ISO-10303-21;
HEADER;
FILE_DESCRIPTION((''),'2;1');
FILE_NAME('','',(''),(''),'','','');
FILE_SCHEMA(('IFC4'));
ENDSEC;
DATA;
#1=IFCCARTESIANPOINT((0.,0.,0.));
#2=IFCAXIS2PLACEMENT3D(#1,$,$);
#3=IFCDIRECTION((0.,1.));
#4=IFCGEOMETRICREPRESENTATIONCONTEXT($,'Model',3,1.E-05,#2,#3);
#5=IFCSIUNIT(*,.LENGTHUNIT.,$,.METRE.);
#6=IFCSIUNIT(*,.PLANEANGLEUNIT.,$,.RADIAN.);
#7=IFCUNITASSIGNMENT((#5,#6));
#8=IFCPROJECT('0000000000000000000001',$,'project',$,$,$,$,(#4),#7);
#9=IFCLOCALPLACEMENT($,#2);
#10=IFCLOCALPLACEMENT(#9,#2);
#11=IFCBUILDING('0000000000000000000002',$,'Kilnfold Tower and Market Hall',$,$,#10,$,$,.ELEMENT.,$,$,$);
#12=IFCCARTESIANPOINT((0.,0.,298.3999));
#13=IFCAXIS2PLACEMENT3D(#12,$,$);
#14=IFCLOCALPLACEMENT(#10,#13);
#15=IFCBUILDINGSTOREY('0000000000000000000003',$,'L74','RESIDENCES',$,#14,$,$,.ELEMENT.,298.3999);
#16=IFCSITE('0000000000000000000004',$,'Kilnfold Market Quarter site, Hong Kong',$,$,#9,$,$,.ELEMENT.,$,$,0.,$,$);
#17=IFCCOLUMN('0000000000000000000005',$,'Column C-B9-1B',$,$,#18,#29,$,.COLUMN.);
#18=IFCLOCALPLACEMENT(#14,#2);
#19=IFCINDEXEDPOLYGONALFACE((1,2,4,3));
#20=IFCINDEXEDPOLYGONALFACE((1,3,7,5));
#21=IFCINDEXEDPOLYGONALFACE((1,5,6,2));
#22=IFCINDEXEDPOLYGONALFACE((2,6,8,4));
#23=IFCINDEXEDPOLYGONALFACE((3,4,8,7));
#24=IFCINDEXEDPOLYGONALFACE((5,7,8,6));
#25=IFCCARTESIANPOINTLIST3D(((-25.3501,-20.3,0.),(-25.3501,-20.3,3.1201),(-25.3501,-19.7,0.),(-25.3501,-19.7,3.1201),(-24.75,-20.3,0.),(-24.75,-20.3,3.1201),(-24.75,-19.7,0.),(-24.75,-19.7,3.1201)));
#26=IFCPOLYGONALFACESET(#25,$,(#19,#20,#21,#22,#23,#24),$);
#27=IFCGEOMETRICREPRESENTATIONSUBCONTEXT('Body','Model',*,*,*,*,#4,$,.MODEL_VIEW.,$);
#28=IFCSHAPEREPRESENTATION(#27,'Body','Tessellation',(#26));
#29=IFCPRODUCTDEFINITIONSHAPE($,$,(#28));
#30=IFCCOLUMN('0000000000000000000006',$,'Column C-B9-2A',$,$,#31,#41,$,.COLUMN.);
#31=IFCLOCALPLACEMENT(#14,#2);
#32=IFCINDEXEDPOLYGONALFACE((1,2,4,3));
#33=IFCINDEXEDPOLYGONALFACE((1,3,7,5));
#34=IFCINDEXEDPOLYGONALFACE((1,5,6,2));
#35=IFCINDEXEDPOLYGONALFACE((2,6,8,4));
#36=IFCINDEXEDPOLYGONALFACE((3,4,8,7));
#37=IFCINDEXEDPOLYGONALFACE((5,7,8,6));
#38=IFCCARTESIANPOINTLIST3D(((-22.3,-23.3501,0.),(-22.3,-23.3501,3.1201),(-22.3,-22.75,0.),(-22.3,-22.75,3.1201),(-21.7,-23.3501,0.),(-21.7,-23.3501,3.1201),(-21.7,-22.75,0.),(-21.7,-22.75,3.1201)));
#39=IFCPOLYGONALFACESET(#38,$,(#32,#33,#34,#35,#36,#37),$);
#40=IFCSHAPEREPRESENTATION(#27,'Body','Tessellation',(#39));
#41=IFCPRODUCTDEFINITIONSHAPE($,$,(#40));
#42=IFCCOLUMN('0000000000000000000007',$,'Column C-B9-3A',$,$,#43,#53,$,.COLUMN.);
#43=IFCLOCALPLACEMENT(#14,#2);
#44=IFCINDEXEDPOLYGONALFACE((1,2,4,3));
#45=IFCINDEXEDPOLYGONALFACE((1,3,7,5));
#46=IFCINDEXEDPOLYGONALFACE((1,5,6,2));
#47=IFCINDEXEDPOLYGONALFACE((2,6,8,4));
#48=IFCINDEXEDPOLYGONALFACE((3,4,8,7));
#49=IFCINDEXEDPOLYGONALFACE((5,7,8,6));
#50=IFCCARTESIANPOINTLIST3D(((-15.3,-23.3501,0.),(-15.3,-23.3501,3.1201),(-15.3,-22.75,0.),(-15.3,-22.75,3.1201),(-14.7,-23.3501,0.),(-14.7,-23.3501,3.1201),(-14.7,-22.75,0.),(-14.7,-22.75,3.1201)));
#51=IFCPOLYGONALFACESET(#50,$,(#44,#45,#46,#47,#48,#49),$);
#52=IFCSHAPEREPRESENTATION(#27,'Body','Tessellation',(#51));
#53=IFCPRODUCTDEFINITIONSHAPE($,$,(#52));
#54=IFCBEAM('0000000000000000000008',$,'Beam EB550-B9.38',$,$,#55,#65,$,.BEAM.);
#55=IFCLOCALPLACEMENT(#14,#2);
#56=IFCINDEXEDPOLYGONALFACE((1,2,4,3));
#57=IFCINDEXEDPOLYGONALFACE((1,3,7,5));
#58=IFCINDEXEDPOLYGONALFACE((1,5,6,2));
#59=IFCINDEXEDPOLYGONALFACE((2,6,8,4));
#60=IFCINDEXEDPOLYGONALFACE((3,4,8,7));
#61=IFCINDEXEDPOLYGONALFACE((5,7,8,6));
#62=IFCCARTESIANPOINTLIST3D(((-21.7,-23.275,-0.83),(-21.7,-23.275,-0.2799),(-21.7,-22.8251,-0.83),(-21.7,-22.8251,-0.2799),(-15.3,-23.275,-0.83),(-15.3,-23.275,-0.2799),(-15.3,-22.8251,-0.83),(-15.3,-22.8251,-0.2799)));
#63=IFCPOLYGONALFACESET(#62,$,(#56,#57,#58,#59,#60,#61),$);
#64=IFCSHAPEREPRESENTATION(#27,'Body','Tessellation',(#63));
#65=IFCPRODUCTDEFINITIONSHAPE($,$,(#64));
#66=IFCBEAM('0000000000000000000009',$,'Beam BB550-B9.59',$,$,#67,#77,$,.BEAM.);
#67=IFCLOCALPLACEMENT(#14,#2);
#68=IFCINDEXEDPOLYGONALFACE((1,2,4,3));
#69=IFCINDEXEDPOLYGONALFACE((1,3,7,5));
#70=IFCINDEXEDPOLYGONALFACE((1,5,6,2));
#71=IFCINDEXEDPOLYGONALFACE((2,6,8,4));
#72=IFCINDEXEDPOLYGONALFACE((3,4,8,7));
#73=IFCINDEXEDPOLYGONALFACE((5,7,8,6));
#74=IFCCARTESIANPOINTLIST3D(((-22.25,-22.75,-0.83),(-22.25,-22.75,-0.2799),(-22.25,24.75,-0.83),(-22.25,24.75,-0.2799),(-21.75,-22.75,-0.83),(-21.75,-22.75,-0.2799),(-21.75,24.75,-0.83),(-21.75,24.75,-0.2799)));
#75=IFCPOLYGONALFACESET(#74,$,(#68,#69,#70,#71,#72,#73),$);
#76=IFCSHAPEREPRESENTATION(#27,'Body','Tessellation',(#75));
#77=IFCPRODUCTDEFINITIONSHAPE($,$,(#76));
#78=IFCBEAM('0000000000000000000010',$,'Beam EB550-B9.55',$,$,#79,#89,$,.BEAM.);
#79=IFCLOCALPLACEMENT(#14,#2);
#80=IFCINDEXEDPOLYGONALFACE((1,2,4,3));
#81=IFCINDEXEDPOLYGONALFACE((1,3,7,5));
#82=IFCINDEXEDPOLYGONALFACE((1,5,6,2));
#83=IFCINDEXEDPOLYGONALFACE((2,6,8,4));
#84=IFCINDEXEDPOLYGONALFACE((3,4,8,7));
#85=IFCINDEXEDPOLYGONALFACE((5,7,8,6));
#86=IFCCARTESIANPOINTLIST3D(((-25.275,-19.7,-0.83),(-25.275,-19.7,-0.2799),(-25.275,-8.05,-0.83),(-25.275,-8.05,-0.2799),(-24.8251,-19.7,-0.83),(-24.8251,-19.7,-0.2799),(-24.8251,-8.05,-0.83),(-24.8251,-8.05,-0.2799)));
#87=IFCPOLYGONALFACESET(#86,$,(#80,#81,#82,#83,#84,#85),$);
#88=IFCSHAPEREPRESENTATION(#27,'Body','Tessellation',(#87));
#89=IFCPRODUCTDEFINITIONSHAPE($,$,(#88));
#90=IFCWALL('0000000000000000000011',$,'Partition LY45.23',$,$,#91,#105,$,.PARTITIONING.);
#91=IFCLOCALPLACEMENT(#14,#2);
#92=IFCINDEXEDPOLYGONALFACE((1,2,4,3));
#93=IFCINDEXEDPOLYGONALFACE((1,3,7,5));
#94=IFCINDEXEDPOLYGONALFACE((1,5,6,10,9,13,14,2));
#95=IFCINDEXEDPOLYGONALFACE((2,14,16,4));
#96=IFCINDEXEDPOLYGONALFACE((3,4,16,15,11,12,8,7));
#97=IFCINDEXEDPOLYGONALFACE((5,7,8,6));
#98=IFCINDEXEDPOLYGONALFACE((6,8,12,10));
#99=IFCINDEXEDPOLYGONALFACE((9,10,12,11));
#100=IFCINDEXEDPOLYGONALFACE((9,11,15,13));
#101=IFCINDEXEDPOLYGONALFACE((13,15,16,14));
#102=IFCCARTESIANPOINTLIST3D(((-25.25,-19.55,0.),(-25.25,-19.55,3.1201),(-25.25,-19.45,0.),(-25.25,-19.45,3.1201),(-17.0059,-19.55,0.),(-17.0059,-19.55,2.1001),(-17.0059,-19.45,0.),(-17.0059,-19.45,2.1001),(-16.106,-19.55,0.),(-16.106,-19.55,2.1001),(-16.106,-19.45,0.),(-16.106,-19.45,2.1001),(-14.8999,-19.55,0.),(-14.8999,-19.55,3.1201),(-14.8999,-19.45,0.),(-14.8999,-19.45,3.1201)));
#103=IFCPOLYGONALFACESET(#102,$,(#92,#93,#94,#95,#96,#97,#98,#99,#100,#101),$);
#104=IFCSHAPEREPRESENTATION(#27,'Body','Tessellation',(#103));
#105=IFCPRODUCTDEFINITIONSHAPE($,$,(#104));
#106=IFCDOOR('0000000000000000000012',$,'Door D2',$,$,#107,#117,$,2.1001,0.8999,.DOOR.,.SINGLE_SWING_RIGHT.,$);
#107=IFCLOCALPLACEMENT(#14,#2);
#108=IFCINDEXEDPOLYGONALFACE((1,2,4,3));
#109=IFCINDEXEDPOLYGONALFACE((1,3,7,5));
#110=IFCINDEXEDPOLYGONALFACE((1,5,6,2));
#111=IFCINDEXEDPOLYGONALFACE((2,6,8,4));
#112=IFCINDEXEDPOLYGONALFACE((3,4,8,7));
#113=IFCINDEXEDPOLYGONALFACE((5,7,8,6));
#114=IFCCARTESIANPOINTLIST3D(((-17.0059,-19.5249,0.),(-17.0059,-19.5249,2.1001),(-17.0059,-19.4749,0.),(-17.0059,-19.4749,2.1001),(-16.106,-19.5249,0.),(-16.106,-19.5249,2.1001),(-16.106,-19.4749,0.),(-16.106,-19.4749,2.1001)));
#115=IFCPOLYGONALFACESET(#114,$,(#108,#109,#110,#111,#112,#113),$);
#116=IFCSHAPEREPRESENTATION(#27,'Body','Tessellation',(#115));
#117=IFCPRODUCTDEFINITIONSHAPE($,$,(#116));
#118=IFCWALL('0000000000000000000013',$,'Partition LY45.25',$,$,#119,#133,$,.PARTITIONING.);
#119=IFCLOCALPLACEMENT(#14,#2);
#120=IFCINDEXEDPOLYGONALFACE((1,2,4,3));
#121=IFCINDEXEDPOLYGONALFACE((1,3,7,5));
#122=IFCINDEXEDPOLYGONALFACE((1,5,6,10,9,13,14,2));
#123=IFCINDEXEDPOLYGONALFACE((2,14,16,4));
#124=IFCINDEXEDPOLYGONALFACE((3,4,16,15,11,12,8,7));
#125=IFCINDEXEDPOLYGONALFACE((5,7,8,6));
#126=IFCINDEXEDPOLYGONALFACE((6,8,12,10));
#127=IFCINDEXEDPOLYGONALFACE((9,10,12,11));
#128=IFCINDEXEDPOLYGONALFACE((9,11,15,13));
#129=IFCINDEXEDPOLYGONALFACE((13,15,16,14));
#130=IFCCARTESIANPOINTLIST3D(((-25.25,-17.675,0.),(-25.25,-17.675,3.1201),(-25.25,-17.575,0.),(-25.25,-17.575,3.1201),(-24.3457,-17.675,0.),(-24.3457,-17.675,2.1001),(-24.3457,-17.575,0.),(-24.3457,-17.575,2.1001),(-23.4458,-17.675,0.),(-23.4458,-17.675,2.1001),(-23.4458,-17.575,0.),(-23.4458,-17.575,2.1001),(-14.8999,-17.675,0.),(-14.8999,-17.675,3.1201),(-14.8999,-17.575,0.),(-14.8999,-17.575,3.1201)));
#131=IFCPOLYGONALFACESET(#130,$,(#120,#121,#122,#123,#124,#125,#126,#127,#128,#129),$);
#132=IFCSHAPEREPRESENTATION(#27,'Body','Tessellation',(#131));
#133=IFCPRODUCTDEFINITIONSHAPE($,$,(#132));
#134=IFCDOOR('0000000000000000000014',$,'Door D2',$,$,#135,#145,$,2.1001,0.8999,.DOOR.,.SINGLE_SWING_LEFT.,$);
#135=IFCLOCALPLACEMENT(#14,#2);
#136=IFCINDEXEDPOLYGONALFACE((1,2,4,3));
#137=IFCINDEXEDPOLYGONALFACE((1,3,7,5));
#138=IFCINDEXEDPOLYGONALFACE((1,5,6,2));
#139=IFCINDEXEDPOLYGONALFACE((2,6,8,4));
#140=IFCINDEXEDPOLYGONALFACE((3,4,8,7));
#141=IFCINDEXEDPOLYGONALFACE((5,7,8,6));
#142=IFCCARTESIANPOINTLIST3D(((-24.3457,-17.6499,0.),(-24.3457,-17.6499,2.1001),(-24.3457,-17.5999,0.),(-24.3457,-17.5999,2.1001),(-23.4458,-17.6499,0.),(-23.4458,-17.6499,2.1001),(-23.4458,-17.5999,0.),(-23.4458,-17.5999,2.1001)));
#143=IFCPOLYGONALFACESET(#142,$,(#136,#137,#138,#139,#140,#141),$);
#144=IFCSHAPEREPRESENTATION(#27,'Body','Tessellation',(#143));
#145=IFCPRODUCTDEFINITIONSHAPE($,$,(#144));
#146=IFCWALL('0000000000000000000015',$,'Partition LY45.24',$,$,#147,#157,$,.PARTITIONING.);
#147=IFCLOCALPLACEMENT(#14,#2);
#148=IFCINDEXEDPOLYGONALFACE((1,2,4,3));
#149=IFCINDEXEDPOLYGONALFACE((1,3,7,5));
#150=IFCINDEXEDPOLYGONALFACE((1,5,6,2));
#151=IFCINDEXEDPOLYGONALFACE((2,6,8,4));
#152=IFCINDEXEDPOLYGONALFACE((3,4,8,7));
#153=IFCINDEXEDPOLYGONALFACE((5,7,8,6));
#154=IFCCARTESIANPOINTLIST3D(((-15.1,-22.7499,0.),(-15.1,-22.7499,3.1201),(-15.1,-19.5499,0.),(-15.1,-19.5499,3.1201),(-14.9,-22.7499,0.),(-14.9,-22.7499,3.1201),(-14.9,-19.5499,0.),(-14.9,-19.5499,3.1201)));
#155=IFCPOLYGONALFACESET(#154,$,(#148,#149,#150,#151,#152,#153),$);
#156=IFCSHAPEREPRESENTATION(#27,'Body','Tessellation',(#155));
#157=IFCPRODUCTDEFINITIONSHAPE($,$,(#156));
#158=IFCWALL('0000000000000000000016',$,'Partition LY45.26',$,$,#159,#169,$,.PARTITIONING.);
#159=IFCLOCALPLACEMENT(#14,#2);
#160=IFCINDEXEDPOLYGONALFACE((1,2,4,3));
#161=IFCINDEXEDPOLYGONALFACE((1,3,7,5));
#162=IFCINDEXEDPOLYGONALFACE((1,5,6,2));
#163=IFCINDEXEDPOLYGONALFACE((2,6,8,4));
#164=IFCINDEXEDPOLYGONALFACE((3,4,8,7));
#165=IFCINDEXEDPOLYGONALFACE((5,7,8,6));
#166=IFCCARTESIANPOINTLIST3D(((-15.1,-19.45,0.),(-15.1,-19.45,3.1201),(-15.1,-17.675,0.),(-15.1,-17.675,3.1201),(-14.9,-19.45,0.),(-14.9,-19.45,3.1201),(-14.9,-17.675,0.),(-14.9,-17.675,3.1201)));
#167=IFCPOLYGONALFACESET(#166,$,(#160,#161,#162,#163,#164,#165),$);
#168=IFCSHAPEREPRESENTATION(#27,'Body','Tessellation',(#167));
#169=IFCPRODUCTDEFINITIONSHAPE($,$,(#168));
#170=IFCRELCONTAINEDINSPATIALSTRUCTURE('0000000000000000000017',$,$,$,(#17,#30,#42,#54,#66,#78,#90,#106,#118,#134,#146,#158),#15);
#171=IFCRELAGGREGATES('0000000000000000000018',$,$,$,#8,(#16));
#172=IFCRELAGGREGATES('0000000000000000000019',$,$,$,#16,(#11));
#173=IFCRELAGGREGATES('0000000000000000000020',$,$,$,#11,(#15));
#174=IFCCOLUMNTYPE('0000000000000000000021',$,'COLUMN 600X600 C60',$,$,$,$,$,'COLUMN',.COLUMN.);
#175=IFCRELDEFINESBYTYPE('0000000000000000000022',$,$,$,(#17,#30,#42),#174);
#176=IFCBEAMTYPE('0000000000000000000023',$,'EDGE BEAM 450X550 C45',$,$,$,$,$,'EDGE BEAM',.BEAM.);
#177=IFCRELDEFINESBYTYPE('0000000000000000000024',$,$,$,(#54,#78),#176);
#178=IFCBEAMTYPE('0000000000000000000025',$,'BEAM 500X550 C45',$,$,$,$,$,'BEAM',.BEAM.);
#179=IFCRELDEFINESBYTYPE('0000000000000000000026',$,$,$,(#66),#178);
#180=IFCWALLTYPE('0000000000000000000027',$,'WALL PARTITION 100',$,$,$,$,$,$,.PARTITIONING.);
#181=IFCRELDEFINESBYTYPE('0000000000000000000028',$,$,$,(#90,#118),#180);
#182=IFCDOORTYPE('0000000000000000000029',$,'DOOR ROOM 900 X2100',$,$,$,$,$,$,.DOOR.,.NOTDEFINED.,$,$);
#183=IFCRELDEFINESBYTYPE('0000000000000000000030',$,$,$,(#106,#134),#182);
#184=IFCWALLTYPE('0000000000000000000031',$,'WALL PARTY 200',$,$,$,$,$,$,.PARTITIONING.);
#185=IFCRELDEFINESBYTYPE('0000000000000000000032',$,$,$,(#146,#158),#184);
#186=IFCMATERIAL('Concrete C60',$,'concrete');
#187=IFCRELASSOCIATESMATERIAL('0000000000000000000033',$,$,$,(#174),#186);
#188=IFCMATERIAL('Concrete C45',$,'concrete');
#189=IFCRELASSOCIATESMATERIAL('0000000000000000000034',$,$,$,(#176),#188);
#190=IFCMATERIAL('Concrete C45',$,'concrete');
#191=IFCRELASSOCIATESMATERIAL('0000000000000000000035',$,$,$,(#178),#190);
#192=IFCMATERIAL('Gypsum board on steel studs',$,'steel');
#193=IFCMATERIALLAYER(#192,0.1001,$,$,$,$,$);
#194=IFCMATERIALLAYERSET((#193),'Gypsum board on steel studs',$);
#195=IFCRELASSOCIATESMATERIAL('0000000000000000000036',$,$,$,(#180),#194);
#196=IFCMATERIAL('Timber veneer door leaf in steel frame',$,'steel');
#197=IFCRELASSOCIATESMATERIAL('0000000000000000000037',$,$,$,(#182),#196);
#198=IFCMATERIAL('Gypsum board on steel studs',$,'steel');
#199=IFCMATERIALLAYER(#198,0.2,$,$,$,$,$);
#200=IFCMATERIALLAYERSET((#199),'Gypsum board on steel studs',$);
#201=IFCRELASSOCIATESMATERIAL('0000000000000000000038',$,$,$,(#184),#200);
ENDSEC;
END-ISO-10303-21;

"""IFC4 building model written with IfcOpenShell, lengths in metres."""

from ifc_helpers import new_model, si_unit, direction, frame, frame_2d, origin, origin_2d, place, context, subcontext, project, spatial, rectangle, extrude, source, transform, mapped, material, layer, layer_set, material_profile, profile_set, type_object, element, fill, save


model = new_model("IFC4")

# Units and contexts
model_context = context("Model", 3, precision=1e-05, world=origin(), true_north=direction((0.0, 1.0)))
body_context = subcontext(model_context, "Body", "Model", "MODEL_VIEW")
ifc_project = project(units=[si_unit("LENGTHUNIT", "METRE"), si_unit("PLANEANGLEUNIT", "RADIAN")], contexts=[model_context])

# Site, building, storey
site_placement = place(None, origin())
site = spatial("IfcSite", under=ifc_project, at=site_placement, Name="Kilnfold Market Quarter site, Hong Kong", CompositionType="ELEMENT", RefElevation=0.0)
building_placement = place(site_placement, origin())
building = spatial("IfcBuilding", under=site, at=building_placement, Name="Kilnfold Tower and Market Hall", CompositionType="ELEMENT")
storey_placement = place(building_placement, frame((0.0, 0.0, 298.3999)))
storey = spatial("IfcBuildingStorey", under=building, at=storey_placement, Name="L74", Description="RESIDENCES", CompositionType="ELEMENT", Elevation=298.3999)

# Columns
ifc_material_1 = material(Name="Concrete C60", Category="concrete")
ifc_material_profile_1 = material_profile(ifc_material_1, rectangle(XDim=0.6001, YDim=0.6001, at=origin_2d()), Name="RC 600x600")
ifc_profile_set_1 = profile_set([ifc_material_profile_1], Name="Concrete C60")
column_type = type_object("IfcColumnType", Name="COLUMN 600X600 C60", ElementType="COLUMN", PredefinedType="COLUMN", material=ifc_profile_set_1)
shared_shape_1 = source(origin(), body_context, "Body", "SweptSolid", [
    extrude(rectangle(XDim=0.6001, YDim=0.6001, at=origin_2d()), origin(), (0.0, 0.0, 1.0), 3.1201),
])
for number, where, z_axis, x_axis, name in (
    (1, (-25.05, -20.0, 0.0), (0.0, 0.0, 1.0), (1.0, 0.0, 0.0), "Column C-B9-1B"),
    (2, (-22.0, -23.05, 0.0), (0.0, 0.0, 1.0), (1.0, 0.0, 0.0), "Column C-B9-2A"),
    (3, (-15.0, -23.05, 0.0), (0.0, 0.0, 1.0), (1.0, 0.0, 0.0), "Column C-B9-3A"),
):
    element("IfcColumn", number, at=place(storey_placement, frame(where, z_axis=z_axis, x_axis=x_axis)), inside=storey, type_object=column_type, Name=name, PredefinedType="COLUMN", context=body_context, shape_type="MappedRepresentation", body=[
        mapped(shared_shape_1, transform((0.0, 0.0, 0.0))),
    ])

# Beams
ifc_material_2 = material(Name="Concrete C45", Category="concrete")
ifc_material_profile_2 = material_profile(ifc_material_2, rectangle(XDim=0.45, YDim=0.55, at=origin_2d()), Name="RC 450x550")
ifc_profile_set_2 = profile_set([ifc_material_profile_2], Name="Concrete C45")
beam_type_1 = type_object("IfcBeamType", Name="EDGE BEAM 450X550 C45", ElementType="EDGE BEAM", PredefinedType="BEAM", material=ifc_profile_set_2)
shared_shape_2 = source(origin(), body_context, "Body", "SweptSolid", [
    extrude(rectangle(XDim=0.45, YDim=0.55, at=origin_2d()), origin(), (0.0, 0.0, 1.0), 6.3999),
])
beam_1_placement = place(storey_placement, frame((-21.7, -23.05, -0.5549), z_axis=(1.0, 0.0, 0.0), x_axis=(0.0, 1.0, 0.0)))
element("IfcBeam", 4, at=beam_1_placement, inside=storey, type_object=beam_type_1, Name="Beam EB550-B9.38", PredefinedType="BEAM", context=body_context, shape_type="MappedRepresentation", body=[
    mapped(shared_shape_2, transform((0.0, 0.0, 0.0))),
])
ifc_material_3 = material(Name="Concrete C45", Category="concrete")
ifc_material_profile_3 = material_profile(ifc_material_3, rectangle(XDim=0.5, YDim=0.55, at=origin_2d()), Name="RC 500x550")
ifc_profile_set_3 = profile_set([ifc_material_profile_3], Name="Concrete C45")
beam_type_2 = type_object("IfcBeamType", Name="BEAM 500X550 C45", ElementType="BEAM", PredefinedType="BEAM", material=ifc_profile_set_3)
shared_shape_3 = source(origin(), body_context, "Body", "SweptSolid", [
    extrude(rectangle(XDim=0.5, YDim=0.55, at=origin_2d()), origin(), (0.0, 0.0, 1.0), 47.5),
])
beam_2_placement = place(storey_placement, frame((-22.0, -22.75, -0.5549), z_axis=(0.0, 1.0, 0.0), x_axis=(-1.0, 0.0, 0.0)))
element("IfcBeam", 5, at=beam_2_placement, inside=storey, type_object=beam_type_2, Name="Beam BB550-B9.59", PredefinedType="BEAM", context=body_context, shape_type="MappedRepresentation", body=[
    mapped(shared_shape_3, transform((0.0, 0.0, 0.0))),
])
shared_shape_4 = source(origin(), body_context, "Body", "SweptSolid", [
    extrude(rectangle(XDim=0.45, YDim=0.55, at=origin_2d()), origin(), (0.0, 0.0, 1.0), 11.6499),
])
beam_3_placement = place(storey_placement, frame((-25.05, -19.7, -0.5549), z_axis=(0.0, 1.0, 0.0), x_axis=(-1.0, 0.0, 0.0)))
element("IfcBeam", 6, at=beam_3_placement, inside=storey, type_object=beam_type_1, Name="Beam EB550-B9.55", PredefinedType="BEAM", context=body_context, shape_type="MappedRepresentation", body=[
    mapped(shared_shape_4, transform((0.0, 0.0, 0.0))),
])

# Walls, openings, doors
ifc_material_4 = material(Name="Gypsum board on steel studs", Category="steel")
ifc_layer_1 = layer(ifc_material_4, 0.1001)
ifc_layer_set_1 = layer_set([ifc_layer_1], Name="Gypsum board on steel studs")
wall_type_1 = type_object("IfcWallType", Name="WALL PARTITION 100", PredefinedType="PARTITIONING", material=ifc_layer_set_1)
wall_1_placement = place(storey_placement, frame((-14.8999, -19.5, 0.0), z_axis=(0.0, 0.0, 1.0), x_axis=(-1.0, 0.0, 0.0)))
wall_1 = element("IfcWall", 7, at=wall_1_placement, inside=storey, type_object=wall_type_1, Name="Partition LY45.23", PredefinedType="PARTITIONING", context=body_context, shape_type="SweptSolid", body=[
    extrude(rectangle(XDim=10.3501, YDim=0.1001, at=frame_2d((5.175, 0.0))), origin(), (0.0, 0.0, 1.0), 3.1201),
])
opening_1_placement = place(wall_1_placement, frame((1.2061, 0.0, 0.0)))
opening_1 = element("IfcOpeningElement", 8, at=opening_1_placement, cuts=wall_1, PredefinedType="OPENING", context=body_context, shape_type="SweptSolid", body=[
    extrude(rectangle(XDim=0.8999, YDim=2.1001, at=frame_2d((0.45, 1.05))), frame((0.0, 0.0601, 0.0), z_axis=(0.0, -1.0, 0.0), x_axis=(1.0, 0.0, 0.0)), (0.0, 0.0, 1.0), 0.1201),
])
ifc_material_5 = material(Name="Timber veneer door leaf in steel frame", Category="steel")
door_type = type_object("IfcDoorType", Name="DOOR ROOM 900 X2100", OperationType="NOTDEFINED", PredefinedType="DOOR", material=ifc_material_5)
door_1_placement = place(opening_1_placement, origin())
door_1 = element("IfcDoor", 9, at=door_1_placement, inside=storey, type_object=door_type, Name="Door D2", OperationType="SINGLE_SWING_RIGHT", OverallHeight=2.1001, OverallWidth=0.8999, PredefinedType="DOOR", context=body_context, shape_type="SweptSolid", body=[
    extrude(rectangle(XDim=0.8999, YDim=2.1001, at=frame_2d((0.45, 1.05))), frame((0.0, 0.0249, 0.0), z_axis=(0.0, -1.0, 0.0), x_axis=(1.0, 0.0, 0.0)), (0.0, 0.0, 1.0), 0.05),
])
fill(opening_1, door_1)
wall_2_placement = place(storey_placement, frame((-14.8999, -17.625, 0.0), z_axis=(0.0, 0.0, 1.0), x_axis=(-1.0, 0.0, 0.0)))
wall_2 = element("IfcWall", 10, at=wall_2_placement, inside=storey, type_object=wall_type_1, Name="Partition LY45.25", PredefinedType="PARTITIONING", context=body_context, shape_type="SweptSolid", body=[
    extrude(rectangle(XDim=10.3501, YDim=0.1001, at=frame_2d((5.175, 0.0))), origin(), (0.0, 0.0, 1.0), 3.1201),
])
opening_2_placement = place(wall_2_placement, frame((8.5459, 0.0, 0.0)))
opening_2 = element("IfcOpeningElement", 11, at=opening_2_placement, cuts=wall_2, PredefinedType="OPENING", context=body_context, shape_type="SweptSolid", body=[
    extrude(rectangle(XDim=0.8999, YDim=2.1001, at=frame_2d((0.45, 1.05))), frame((0.0, 0.0601, 0.0), z_axis=(0.0, -1.0, 0.0), x_axis=(1.0, 0.0, 0.0)), (0.0, 0.0, 1.0), 0.1201),
])
door_2_placement = place(opening_2_placement, origin())
door_2 = element("IfcDoor", 12, at=door_2_placement, inside=storey, type_object=door_type, Name="Door D2", OperationType="SINGLE_SWING_LEFT", OverallHeight=2.1001, OverallWidth=0.8999, PredefinedType="DOOR", context=body_context, shape_type="SweptSolid", body=[
    extrude(rectangle(XDim=0.8999, YDim=2.1001, at=frame_2d((0.45, 1.05))), frame((0.0, 0.0249, 0.0), z_axis=(0.0, -1.0, 0.0), x_axis=(1.0, 0.0, 0.0)), (0.0, 0.0, 1.0), 0.05),
])
fill(opening_2, door_2)

# Walls
ifc_material_6 = material(Name="Gypsum board on steel studs", Category="steel")
ifc_layer_2 = layer(ifc_material_6, 0.2)
ifc_layer_set_2 = layer_set([ifc_layer_2], Name="Gypsum board on steel studs")
wall_type_2 = type_object("IfcWallType", Name="WALL PARTY 200", PredefinedType="PARTITIONING", material=ifc_layer_set_2)
wall_3_placement = place(storey_placement, frame((-15.0, -22.75, 0.0), z_axis=(0.0, 0.0, 1.0), x_axis=(0.0, 1.0, 0.0)))
element("IfcWall", 13, at=wall_3_placement, inside=storey, type_object=wall_type_2, Name="Partition LY45.24", PredefinedType="PARTITIONING", context=body_context, shape_type="SweptSolid", body=[
    extrude(rectangle(XDim=3.2, YDim=0.2, at=frame_2d((1.6001, 0.0))), origin(), (0.0, 0.0, 1.0), 3.1201),
])
wall_4_placement = place(storey_placement, frame((-15.0, -19.45, 0.0), z_axis=(0.0, 0.0, 1.0), x_axis=(0.0, 1.0, 0.0)))
element("IfcWall", 14, at=wall_4_placement, inside=storey, type_object=wall_type_2, Name="Partition LY45.26", PredefinedType="PARTITIONING", context=body_context, shape_type="SweptSolid", body=[
    extrude(rectangle(XDim=1.7749, YDim=0.2, at=frame_2d((0.8875, 0.0))), origin(), (0.0, 0.0, 1.0), 3.1201),
])

save(model, "model.ifc")
